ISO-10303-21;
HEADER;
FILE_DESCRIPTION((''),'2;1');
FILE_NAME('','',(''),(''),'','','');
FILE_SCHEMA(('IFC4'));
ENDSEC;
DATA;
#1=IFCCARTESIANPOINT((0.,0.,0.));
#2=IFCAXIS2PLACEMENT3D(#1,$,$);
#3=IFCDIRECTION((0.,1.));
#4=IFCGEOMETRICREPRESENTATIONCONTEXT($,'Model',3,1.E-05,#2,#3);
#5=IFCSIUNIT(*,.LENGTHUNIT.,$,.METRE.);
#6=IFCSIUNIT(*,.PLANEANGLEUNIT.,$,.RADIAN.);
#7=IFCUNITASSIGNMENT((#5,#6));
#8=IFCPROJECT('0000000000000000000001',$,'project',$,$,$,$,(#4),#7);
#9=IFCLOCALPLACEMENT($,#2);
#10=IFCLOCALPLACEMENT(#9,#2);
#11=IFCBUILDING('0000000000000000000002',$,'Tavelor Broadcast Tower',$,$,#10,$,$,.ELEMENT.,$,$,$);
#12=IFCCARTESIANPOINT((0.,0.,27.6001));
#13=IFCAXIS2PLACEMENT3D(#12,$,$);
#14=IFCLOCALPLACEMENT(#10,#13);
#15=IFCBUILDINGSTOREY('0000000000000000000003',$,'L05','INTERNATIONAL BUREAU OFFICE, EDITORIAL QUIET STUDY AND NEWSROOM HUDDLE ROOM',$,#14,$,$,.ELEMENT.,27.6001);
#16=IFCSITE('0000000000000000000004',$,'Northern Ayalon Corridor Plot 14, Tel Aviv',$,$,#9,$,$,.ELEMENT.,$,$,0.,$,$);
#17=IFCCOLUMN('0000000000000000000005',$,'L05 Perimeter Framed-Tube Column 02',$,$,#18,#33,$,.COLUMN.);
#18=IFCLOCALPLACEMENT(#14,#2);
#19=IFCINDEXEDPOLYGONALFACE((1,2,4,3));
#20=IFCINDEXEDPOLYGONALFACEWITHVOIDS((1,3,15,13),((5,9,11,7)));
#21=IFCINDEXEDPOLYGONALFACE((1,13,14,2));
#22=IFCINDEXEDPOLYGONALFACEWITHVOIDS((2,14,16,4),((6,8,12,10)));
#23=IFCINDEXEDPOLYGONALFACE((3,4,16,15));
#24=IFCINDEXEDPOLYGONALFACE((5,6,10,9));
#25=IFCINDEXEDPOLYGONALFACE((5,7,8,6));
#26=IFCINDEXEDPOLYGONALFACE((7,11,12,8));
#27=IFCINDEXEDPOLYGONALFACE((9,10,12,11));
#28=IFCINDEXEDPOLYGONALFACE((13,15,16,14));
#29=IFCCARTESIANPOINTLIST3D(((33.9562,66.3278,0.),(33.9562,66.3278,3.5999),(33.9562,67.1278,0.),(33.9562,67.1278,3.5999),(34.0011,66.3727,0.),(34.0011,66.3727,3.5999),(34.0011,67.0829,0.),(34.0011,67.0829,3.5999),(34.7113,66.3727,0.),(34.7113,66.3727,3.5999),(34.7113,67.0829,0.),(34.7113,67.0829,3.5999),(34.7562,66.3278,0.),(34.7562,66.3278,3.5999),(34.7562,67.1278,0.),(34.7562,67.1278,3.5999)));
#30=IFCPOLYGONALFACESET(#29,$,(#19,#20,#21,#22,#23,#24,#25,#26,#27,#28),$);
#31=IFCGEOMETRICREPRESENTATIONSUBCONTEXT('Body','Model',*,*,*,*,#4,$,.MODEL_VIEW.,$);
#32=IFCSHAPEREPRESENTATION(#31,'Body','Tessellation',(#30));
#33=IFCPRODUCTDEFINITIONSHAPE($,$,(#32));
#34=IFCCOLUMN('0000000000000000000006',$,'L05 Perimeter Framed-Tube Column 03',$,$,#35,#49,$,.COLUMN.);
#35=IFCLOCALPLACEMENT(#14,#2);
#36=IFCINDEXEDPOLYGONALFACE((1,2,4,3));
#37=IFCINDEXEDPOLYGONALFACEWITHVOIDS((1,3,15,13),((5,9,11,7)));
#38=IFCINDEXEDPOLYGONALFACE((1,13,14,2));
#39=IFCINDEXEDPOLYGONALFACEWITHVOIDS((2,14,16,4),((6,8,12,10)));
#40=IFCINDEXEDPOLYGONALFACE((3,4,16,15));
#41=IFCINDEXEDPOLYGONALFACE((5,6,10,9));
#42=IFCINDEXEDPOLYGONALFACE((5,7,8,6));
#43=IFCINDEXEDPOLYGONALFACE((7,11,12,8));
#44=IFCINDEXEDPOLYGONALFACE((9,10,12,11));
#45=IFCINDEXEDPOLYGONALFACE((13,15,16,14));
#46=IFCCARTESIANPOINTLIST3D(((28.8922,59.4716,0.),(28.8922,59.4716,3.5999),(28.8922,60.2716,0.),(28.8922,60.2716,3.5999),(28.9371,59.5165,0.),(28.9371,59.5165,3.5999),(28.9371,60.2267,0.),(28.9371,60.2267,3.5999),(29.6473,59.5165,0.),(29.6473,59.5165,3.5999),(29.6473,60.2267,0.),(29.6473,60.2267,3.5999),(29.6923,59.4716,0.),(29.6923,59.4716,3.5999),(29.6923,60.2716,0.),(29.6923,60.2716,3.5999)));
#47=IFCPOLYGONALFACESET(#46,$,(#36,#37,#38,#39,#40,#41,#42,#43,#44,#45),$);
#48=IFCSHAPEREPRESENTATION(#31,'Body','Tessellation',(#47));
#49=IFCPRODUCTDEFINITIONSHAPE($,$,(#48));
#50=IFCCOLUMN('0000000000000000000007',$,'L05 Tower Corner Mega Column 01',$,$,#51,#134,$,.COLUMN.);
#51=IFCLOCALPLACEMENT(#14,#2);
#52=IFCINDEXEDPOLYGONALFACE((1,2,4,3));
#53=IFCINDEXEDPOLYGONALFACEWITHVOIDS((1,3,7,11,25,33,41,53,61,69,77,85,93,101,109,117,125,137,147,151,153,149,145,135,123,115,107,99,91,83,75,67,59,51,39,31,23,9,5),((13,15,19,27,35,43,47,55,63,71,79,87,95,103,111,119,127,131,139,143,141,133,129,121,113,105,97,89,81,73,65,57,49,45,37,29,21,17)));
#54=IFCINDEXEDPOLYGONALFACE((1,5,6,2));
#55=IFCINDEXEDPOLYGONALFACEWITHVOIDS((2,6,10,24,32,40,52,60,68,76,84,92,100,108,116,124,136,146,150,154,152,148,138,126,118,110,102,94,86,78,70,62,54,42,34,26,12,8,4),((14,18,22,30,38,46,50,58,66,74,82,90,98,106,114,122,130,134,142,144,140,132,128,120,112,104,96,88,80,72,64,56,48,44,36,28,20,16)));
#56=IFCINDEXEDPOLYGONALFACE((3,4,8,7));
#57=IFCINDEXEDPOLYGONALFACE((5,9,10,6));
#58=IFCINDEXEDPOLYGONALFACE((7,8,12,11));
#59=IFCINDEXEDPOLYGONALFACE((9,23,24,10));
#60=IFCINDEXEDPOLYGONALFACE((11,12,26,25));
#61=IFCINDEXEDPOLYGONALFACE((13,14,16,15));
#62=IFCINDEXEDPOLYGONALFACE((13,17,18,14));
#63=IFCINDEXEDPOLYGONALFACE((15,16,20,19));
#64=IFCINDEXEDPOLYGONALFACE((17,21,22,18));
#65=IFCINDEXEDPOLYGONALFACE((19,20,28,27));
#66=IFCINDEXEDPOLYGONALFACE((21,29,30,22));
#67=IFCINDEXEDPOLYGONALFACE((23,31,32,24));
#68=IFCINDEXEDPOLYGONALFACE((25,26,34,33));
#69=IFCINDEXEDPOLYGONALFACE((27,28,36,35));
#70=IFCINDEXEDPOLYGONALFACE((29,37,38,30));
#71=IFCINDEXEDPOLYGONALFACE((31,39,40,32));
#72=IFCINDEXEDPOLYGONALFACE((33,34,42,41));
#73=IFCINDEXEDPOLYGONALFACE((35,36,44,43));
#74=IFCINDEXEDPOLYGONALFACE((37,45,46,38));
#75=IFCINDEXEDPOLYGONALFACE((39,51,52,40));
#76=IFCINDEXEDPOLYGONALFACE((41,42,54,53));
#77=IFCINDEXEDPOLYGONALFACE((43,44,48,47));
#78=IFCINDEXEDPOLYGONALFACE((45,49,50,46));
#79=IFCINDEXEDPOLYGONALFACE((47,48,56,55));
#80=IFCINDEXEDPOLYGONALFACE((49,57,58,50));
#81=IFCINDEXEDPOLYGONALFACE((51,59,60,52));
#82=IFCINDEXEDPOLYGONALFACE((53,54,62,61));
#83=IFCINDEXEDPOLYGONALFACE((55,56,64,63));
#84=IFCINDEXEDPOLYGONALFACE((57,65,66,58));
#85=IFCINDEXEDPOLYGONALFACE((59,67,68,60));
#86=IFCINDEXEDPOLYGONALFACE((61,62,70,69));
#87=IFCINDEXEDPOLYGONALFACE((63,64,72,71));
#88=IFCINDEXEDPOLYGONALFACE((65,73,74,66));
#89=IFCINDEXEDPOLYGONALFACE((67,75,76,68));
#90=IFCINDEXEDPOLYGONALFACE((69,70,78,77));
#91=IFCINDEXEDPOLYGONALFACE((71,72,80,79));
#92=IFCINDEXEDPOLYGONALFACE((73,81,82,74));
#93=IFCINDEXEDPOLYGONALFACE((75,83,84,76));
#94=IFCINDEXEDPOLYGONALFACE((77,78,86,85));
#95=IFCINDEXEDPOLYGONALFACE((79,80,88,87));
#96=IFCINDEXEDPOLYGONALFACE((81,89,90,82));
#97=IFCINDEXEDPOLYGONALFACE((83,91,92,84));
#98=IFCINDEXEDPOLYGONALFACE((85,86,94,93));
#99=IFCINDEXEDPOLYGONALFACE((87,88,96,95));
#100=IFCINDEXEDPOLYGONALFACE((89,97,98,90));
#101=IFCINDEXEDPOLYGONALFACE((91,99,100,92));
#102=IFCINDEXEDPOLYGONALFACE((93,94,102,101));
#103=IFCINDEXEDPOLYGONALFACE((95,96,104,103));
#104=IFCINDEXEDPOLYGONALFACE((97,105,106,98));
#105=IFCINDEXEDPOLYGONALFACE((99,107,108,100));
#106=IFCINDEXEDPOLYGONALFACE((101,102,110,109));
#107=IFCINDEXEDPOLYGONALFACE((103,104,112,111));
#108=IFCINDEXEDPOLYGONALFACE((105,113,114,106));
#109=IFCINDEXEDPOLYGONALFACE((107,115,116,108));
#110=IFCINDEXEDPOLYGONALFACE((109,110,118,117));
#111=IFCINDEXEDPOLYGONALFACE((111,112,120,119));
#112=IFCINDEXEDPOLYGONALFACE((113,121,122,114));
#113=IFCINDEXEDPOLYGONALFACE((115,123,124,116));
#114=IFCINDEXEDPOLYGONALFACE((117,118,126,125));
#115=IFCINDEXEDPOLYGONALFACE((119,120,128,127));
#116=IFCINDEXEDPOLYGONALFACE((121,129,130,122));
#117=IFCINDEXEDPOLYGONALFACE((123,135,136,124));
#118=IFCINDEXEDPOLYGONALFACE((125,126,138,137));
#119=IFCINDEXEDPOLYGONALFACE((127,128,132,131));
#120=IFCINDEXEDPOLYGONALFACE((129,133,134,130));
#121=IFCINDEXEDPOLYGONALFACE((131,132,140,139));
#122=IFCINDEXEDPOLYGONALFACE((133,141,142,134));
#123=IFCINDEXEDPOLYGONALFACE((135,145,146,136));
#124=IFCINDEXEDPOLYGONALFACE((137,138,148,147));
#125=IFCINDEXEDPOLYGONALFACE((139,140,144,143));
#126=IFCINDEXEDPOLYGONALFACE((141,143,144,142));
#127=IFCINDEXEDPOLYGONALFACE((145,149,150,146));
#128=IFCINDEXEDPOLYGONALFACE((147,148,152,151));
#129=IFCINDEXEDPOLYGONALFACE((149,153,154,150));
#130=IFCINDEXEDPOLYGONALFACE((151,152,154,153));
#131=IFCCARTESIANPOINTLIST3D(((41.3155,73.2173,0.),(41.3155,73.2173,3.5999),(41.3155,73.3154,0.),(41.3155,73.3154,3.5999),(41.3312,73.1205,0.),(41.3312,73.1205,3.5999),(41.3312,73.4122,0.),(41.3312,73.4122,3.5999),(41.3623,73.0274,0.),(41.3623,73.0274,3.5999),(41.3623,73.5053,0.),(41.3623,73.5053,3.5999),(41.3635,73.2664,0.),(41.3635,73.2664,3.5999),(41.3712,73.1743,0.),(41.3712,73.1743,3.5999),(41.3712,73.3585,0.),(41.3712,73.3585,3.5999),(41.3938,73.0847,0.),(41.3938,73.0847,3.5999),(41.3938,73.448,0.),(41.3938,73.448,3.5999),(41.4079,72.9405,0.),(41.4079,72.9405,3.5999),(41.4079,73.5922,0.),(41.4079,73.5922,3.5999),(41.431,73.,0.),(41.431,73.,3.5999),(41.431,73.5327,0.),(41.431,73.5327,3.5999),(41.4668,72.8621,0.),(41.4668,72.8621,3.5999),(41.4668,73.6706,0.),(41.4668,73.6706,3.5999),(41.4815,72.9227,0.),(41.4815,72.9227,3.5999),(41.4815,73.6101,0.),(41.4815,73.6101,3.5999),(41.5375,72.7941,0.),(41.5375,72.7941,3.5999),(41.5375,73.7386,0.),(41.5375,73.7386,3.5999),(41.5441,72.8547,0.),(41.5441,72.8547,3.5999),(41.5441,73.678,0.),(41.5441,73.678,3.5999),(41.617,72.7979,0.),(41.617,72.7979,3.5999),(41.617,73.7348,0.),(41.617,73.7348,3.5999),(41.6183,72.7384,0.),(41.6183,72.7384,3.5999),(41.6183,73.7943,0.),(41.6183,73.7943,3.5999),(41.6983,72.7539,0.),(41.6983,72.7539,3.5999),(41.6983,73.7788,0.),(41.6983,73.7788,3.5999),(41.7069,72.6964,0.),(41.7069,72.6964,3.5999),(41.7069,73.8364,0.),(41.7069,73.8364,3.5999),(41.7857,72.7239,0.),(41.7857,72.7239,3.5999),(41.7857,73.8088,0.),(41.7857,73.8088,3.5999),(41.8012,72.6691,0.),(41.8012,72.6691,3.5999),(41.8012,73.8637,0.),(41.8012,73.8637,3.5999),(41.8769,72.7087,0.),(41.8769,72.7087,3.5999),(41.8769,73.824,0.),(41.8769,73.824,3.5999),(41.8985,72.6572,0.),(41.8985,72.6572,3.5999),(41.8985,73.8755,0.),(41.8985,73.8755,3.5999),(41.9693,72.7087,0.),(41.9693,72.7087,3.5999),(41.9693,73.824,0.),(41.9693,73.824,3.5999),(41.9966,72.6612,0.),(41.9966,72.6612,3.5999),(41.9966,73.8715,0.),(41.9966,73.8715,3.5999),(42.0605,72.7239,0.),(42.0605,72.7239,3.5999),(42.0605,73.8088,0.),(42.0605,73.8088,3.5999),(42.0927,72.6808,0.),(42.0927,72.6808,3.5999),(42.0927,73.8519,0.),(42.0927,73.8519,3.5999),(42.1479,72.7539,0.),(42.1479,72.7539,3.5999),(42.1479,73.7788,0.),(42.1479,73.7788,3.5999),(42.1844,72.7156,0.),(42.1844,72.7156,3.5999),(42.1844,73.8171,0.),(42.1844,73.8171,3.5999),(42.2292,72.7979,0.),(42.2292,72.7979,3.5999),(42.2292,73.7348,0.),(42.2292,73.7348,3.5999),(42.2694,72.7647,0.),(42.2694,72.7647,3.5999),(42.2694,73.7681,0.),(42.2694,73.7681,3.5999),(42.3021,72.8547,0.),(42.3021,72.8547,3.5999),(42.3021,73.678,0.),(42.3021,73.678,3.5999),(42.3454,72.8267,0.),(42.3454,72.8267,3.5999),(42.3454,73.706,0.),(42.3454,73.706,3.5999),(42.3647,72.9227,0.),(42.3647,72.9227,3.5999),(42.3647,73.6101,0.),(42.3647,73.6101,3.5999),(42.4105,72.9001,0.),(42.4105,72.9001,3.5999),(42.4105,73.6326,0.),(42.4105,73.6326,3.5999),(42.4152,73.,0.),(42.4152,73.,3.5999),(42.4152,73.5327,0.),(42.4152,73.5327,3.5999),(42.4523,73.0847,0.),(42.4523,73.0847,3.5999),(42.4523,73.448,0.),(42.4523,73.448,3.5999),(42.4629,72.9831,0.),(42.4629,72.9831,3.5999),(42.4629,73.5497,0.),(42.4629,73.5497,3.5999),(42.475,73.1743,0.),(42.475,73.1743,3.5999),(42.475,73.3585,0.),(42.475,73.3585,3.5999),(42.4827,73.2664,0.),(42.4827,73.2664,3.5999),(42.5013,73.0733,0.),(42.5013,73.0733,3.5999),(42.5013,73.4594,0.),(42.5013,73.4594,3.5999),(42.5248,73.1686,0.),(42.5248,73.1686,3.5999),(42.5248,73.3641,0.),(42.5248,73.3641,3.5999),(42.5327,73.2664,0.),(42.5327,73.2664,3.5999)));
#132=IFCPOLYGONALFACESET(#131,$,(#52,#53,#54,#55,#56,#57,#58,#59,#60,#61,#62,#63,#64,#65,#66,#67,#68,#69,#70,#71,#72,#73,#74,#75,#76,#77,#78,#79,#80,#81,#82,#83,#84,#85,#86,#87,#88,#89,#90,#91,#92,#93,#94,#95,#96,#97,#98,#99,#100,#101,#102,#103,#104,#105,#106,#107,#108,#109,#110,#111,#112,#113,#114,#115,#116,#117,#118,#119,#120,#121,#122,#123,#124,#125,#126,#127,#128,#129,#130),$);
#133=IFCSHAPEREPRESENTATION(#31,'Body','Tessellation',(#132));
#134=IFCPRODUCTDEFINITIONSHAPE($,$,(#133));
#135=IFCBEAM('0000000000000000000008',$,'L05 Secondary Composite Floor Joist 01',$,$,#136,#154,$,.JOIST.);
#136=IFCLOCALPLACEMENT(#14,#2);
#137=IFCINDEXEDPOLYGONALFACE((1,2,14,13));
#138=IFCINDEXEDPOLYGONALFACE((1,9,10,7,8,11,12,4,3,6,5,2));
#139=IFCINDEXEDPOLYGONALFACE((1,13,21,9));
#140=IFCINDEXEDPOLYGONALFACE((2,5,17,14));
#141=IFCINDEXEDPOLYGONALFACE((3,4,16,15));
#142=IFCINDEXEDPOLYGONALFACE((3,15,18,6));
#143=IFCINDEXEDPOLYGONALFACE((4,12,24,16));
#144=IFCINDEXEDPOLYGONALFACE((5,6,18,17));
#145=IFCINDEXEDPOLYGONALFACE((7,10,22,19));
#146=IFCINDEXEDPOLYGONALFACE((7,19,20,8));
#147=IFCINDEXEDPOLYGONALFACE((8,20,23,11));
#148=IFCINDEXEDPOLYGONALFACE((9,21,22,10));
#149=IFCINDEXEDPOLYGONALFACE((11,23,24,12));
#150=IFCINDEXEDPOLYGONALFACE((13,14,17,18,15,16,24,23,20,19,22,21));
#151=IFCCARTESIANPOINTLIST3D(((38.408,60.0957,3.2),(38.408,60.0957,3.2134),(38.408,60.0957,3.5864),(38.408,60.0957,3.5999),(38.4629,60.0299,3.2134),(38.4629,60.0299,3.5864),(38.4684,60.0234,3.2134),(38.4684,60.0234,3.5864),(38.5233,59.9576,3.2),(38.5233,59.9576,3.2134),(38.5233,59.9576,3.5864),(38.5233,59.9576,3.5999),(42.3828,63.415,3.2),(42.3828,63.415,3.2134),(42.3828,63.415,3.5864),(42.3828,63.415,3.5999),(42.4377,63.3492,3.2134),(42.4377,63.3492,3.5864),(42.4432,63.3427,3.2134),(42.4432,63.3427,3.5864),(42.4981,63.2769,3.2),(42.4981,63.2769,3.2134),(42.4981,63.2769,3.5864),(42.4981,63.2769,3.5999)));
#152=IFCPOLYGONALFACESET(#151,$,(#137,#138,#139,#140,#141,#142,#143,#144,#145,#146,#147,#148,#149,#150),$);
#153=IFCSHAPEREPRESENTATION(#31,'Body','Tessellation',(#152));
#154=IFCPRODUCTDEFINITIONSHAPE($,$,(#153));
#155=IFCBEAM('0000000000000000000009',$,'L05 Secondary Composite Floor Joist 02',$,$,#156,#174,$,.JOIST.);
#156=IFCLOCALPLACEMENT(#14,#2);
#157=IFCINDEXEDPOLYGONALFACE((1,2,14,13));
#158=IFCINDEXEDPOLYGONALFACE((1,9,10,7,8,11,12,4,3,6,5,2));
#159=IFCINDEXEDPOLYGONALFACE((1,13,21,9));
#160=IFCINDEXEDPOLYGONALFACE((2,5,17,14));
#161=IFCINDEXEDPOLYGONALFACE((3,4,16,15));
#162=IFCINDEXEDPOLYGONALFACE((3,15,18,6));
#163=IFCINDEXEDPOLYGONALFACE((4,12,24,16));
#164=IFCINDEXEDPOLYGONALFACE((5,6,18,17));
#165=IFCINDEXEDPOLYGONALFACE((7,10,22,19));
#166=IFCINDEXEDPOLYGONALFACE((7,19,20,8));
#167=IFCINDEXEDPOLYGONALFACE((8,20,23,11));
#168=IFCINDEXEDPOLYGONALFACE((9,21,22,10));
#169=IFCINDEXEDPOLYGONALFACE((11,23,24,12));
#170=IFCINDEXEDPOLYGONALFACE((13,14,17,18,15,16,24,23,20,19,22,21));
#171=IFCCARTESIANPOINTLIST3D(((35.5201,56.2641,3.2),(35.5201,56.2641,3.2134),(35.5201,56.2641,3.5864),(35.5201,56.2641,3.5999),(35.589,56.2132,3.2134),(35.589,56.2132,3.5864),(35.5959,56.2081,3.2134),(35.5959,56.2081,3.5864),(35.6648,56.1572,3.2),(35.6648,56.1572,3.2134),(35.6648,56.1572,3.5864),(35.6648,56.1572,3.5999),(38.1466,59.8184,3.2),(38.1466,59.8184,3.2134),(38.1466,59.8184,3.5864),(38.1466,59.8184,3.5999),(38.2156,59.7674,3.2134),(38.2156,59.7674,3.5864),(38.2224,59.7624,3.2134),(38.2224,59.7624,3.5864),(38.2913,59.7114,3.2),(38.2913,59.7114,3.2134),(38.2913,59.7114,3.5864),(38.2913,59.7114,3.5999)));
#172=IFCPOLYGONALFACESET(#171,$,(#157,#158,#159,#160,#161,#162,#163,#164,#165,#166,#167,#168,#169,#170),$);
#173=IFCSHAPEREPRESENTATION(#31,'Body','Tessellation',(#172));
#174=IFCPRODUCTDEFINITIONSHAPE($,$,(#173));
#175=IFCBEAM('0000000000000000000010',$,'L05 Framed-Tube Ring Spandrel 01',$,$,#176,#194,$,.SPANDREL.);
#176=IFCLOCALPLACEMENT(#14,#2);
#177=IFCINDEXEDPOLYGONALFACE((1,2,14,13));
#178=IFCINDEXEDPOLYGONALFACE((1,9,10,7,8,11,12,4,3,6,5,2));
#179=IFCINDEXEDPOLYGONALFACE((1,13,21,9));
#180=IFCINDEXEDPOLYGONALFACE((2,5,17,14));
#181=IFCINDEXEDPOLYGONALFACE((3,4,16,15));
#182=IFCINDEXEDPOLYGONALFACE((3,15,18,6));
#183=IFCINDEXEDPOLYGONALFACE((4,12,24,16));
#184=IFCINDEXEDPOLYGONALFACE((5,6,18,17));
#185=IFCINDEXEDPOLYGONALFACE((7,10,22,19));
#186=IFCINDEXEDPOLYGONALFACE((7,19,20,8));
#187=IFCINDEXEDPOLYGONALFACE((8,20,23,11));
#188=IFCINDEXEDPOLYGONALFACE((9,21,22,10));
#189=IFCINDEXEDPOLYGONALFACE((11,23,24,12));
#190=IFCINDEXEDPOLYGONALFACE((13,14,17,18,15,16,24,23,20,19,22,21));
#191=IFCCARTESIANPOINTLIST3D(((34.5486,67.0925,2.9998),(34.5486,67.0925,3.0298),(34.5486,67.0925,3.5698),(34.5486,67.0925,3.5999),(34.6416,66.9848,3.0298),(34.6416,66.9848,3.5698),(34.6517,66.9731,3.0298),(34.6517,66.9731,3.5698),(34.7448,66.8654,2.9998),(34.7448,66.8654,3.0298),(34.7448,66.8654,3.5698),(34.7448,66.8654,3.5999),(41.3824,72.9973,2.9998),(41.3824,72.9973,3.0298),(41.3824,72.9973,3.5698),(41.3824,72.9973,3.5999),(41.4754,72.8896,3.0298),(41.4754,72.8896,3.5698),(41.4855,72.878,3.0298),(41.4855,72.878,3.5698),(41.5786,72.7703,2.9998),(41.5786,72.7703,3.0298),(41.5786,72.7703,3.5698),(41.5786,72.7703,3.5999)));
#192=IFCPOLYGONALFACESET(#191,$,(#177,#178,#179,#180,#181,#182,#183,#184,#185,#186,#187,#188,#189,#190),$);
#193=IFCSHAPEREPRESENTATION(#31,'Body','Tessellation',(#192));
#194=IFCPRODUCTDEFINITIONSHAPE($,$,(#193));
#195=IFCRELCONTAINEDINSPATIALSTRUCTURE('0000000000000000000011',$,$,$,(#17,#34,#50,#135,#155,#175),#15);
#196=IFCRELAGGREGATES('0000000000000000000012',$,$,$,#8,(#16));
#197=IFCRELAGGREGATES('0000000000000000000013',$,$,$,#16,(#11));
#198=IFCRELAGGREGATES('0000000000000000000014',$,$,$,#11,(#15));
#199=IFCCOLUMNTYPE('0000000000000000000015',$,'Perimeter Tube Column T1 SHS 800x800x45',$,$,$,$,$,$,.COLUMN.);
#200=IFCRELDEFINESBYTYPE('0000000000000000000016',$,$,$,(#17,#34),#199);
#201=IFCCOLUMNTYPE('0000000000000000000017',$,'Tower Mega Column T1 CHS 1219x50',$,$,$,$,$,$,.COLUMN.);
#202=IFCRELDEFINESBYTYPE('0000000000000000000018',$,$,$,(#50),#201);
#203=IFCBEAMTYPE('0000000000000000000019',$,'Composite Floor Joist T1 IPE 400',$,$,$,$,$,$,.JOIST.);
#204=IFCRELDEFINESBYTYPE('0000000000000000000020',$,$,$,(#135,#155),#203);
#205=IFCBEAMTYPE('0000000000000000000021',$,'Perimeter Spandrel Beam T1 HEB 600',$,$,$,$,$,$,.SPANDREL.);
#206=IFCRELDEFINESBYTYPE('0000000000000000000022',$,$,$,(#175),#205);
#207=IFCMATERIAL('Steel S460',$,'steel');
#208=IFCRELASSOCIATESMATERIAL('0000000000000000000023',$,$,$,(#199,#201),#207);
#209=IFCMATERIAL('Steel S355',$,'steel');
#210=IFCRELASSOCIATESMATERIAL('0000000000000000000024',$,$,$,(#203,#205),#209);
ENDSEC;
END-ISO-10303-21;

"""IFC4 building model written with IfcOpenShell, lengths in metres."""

from ifc_helpers import new_model, si_unit, direction, frame, origin, origin_2d, place, context, subcontext, project, spatial, hollow_rectangle, hollow_circle, i_section, extrude, material, material_profile, profile_set, type_object, element, save


model = new_model("IFC4")

# Units and contexts
model_context = context("Model", 3, precision=1e-05, world=origin(), true_north=direction((0.0, 1.0)))
body_context = subcontext(model_context, "Body", "Model", "MODEL_VIEW")
ifc_project = project(units=[si_unit("LENGTHUNIT", "METRE"), si_unit("PLANEANGLEUNIT", "RADIAN")], contexts=[model_context])

# Site, building, storey
site_placement = place(None, origin())
site = spatial("IfcSite", under=ifc_project, at=site_placement, Name="Northern Ayalon Corridor Plot 14, Tel Aviv", CompositionType="ELEMENT", RefElevation=0.0)
building_placement = place(site_placement, origin())
building = spatial("IfcBuilding", under=site, at=building_placement, Name="Tavelor Broadcast Tower", CompositionType="ELEMENT")
storey_placement = place(building_placement, frame((0.0, 0.0, 27.6001)))
storey = spatial("IfcBuildingStorey", under=building, at=storey_placement, Name="L05", Description="INTERNATIONAL BUREAU OFFICE, EDITORIAL QUIET STUDY AND NEWSROOM HUDDLE ROOM", CompositionType="ELEMENT", Elevation=27.6001)

# Columns
ifc_material_1 = material(Name="Steel S460", Category="steel")
ifc_material_profile_1 = material_profile(ifc_material_1, hollow_rectangle(XDim=0.8, YDim=0.8, WallThickness=0.0449, at=origin_2d()), Name="SHS 800x800x45")
ifc_profile_set_1 = profile_set([ifc_material_profile_1], Name="Steel S460")
column_type_1 = type_object("IfcColumnType", Name="Perimeter Tube Column T1 SHS 800x800x45", PredefinedType="COLUMN", material=ifc_profile_set_1)
for number, where, z_axis, x_axis, name in (
    (1, (34.3562, 66.7278, 0.0), (0.0, 0.0, 1.0), (1.0, 0.0, 0.0), "L05 Perimeter Framed-Tube Column 02"),
    (2, (29.2922, 59.8716, 0.0), (0.0, 0.0, 1.0), (1.0, 0.0, 0.0), "L05 Perimeter Framed-Tube Column 03"),
):
    element("IfcColumn", number, at=place(storey_placement, frame(where, z_axis=z_axis, x_axis=x_axis)), inside=storey, type_object=column_type_1, Name=name, PredefinedType="COLUMN", context=body_context, shape_type="SweptSolid", body=[
        extrude(hollow_rectangle(XDim=0.8, YDim=0.8, WallThickness=0.0449, at=origin_2d()), origin(), (0.0, 0.0, 1.0), 3.5999),
    ])
ifc_material_profile_2 = material_profile(ifc_material_1, hollow_circle(Radius=0.6096, WallThickness=0.05, at=origin_2d()), Name="CHS 1219x50")
ifc_profile_set_2 = profile_set([ifc_material_profile_2], Name="Steel S460")
column_type_2 = type_object("IfcColumnType", Name="Tower Mega Column T1 CHS 1219x50", PredefinedType="COLUMN", material=ifc_profile_set_2)
column_placement = place(storey_placement, frame((41.9231, 73.2664, 0.0), z_axis=(0.0, 0.0, 1.0), x_axis=(1.0, 0.0, 0.0)))
element("IfcColumn", 3, at=column_placement, inside=storey, type_object=column_type_2, Name="L05 Tower Corner Mega Column 01", PredefinedType="COLUMN", context=body_context, shape_type="SweptSolid", body=[
    extrude(hollow_circle(Radius=0.6096, WallThickness=0.05, at=origin_2d()), origin(), (0.0, 0.0, 1.0), 3.5999),
])

# Beams
ifc_material_2 = material(Name="Steel S355", Category="steel")
ifc_material_profile_3 = material_profile(ifc_material_2, i_section(OverallWidth=0.1799, OverallDepth=0.3999, WebThickness=0.0085, FlangeThickness=0.0134, at=origin_2d()), Name="IPE 400")
ifc_profile_set_3 = profile_set([ifc_material_profile_3], Name="Steel S355")
beam_type_1 = type_object("IfcBeamType", Name="Composite Floor Joist T1 IPE 400", PredefinedType="JOIST", material=ifc_profile_set_3)
beam_1_placement = place(storey_placement, frame((42.4404, 63.3459, 3.3999), z_axis=(-0.76756, -0.640977, 0.0), x_axis=(0.640977, -0.76756, 0.0)))
element("IfcBeam", 4, at=beam_1_placement, inside=storey, type_object=beam_type_1, Name="L05 Secondary Composite Floor Joist 01", PredefinedType="JOIST", context=body_context, shape_type="SweptSolid", body=[
    extrude(i_section(OverallWidth=0.1799, OverallDepth=0.3999, WebThickness=0.0085, FlangeThickness=0.0134, at=origin_2d()), origin(), (0.0, 0.0, 1.0), 5.1785),
])
beam_2_placement = place(storey_placement, frame((38.219, 59.7649, 3.3999), z_axis=(-0.59431, -0.804236, 0.0), x_axis=(0.804236, -0.59431, 0.0)))
element("IfcBeam", 5, at=beam_2_placement, inside=storey, type_object=beam_type_1, Name="L05 Secondary Composite Floor Joist 02", PredefinedType="JOIST", context=body_context, shape_type="SweptSolid", body=[
    extrude(i_section(OverallWidth=0.1799, OverallDepth=0.3999, WebThickness=0.0085, FlangeThickness=0.0134, at=origin_2d()), origin(), (0.0, 0.0, 1.0), 4.4194),
])
ifc_material_profile_4 = material_profile(ifc_material_2, i_section(OverallWidth=0.3, OverallDepth=0.6001, WebThickness=0.0154, FlangeThickness=0.03, at=origin_2d()), Name="HEB 600")
ifc_profile_set_4 = profile_set([ifc_material_profile_4], Name="Steel S355")
beam_type_2 = type_object("IfcBeamType", Name="Perimeter Spandrel Beam T1 HEB 600", PredefinedType="SPANDREL", material=ifc_profile_set_4)
beam_3_placement = place(storey_placement, frame((41.4805, 72.8838, 3.2998), z_axis=(-0.756663, -0.653805, 0.0), x_axis=(0.653805, -0.756663, 0.0)))
element("IfcBeam", 6, at=beam_3_placement, inside=storey, type_object=beam_type_2, Name="L05 Framed-Tube Ring Spandrel 01", PredefinedType="SPANDREL", context=body_context, shape_type="SweptSolid", body=[
    extrude(i_section(OverallWidth=0.3, OverallDepth=0.6001, WebThickness=0.0154, FlangeThickness=0.03, at=origin_2d()), origin(), (0.0, 0.0, 1.0), 9.0315),
])

save(model, "model.ifc")
